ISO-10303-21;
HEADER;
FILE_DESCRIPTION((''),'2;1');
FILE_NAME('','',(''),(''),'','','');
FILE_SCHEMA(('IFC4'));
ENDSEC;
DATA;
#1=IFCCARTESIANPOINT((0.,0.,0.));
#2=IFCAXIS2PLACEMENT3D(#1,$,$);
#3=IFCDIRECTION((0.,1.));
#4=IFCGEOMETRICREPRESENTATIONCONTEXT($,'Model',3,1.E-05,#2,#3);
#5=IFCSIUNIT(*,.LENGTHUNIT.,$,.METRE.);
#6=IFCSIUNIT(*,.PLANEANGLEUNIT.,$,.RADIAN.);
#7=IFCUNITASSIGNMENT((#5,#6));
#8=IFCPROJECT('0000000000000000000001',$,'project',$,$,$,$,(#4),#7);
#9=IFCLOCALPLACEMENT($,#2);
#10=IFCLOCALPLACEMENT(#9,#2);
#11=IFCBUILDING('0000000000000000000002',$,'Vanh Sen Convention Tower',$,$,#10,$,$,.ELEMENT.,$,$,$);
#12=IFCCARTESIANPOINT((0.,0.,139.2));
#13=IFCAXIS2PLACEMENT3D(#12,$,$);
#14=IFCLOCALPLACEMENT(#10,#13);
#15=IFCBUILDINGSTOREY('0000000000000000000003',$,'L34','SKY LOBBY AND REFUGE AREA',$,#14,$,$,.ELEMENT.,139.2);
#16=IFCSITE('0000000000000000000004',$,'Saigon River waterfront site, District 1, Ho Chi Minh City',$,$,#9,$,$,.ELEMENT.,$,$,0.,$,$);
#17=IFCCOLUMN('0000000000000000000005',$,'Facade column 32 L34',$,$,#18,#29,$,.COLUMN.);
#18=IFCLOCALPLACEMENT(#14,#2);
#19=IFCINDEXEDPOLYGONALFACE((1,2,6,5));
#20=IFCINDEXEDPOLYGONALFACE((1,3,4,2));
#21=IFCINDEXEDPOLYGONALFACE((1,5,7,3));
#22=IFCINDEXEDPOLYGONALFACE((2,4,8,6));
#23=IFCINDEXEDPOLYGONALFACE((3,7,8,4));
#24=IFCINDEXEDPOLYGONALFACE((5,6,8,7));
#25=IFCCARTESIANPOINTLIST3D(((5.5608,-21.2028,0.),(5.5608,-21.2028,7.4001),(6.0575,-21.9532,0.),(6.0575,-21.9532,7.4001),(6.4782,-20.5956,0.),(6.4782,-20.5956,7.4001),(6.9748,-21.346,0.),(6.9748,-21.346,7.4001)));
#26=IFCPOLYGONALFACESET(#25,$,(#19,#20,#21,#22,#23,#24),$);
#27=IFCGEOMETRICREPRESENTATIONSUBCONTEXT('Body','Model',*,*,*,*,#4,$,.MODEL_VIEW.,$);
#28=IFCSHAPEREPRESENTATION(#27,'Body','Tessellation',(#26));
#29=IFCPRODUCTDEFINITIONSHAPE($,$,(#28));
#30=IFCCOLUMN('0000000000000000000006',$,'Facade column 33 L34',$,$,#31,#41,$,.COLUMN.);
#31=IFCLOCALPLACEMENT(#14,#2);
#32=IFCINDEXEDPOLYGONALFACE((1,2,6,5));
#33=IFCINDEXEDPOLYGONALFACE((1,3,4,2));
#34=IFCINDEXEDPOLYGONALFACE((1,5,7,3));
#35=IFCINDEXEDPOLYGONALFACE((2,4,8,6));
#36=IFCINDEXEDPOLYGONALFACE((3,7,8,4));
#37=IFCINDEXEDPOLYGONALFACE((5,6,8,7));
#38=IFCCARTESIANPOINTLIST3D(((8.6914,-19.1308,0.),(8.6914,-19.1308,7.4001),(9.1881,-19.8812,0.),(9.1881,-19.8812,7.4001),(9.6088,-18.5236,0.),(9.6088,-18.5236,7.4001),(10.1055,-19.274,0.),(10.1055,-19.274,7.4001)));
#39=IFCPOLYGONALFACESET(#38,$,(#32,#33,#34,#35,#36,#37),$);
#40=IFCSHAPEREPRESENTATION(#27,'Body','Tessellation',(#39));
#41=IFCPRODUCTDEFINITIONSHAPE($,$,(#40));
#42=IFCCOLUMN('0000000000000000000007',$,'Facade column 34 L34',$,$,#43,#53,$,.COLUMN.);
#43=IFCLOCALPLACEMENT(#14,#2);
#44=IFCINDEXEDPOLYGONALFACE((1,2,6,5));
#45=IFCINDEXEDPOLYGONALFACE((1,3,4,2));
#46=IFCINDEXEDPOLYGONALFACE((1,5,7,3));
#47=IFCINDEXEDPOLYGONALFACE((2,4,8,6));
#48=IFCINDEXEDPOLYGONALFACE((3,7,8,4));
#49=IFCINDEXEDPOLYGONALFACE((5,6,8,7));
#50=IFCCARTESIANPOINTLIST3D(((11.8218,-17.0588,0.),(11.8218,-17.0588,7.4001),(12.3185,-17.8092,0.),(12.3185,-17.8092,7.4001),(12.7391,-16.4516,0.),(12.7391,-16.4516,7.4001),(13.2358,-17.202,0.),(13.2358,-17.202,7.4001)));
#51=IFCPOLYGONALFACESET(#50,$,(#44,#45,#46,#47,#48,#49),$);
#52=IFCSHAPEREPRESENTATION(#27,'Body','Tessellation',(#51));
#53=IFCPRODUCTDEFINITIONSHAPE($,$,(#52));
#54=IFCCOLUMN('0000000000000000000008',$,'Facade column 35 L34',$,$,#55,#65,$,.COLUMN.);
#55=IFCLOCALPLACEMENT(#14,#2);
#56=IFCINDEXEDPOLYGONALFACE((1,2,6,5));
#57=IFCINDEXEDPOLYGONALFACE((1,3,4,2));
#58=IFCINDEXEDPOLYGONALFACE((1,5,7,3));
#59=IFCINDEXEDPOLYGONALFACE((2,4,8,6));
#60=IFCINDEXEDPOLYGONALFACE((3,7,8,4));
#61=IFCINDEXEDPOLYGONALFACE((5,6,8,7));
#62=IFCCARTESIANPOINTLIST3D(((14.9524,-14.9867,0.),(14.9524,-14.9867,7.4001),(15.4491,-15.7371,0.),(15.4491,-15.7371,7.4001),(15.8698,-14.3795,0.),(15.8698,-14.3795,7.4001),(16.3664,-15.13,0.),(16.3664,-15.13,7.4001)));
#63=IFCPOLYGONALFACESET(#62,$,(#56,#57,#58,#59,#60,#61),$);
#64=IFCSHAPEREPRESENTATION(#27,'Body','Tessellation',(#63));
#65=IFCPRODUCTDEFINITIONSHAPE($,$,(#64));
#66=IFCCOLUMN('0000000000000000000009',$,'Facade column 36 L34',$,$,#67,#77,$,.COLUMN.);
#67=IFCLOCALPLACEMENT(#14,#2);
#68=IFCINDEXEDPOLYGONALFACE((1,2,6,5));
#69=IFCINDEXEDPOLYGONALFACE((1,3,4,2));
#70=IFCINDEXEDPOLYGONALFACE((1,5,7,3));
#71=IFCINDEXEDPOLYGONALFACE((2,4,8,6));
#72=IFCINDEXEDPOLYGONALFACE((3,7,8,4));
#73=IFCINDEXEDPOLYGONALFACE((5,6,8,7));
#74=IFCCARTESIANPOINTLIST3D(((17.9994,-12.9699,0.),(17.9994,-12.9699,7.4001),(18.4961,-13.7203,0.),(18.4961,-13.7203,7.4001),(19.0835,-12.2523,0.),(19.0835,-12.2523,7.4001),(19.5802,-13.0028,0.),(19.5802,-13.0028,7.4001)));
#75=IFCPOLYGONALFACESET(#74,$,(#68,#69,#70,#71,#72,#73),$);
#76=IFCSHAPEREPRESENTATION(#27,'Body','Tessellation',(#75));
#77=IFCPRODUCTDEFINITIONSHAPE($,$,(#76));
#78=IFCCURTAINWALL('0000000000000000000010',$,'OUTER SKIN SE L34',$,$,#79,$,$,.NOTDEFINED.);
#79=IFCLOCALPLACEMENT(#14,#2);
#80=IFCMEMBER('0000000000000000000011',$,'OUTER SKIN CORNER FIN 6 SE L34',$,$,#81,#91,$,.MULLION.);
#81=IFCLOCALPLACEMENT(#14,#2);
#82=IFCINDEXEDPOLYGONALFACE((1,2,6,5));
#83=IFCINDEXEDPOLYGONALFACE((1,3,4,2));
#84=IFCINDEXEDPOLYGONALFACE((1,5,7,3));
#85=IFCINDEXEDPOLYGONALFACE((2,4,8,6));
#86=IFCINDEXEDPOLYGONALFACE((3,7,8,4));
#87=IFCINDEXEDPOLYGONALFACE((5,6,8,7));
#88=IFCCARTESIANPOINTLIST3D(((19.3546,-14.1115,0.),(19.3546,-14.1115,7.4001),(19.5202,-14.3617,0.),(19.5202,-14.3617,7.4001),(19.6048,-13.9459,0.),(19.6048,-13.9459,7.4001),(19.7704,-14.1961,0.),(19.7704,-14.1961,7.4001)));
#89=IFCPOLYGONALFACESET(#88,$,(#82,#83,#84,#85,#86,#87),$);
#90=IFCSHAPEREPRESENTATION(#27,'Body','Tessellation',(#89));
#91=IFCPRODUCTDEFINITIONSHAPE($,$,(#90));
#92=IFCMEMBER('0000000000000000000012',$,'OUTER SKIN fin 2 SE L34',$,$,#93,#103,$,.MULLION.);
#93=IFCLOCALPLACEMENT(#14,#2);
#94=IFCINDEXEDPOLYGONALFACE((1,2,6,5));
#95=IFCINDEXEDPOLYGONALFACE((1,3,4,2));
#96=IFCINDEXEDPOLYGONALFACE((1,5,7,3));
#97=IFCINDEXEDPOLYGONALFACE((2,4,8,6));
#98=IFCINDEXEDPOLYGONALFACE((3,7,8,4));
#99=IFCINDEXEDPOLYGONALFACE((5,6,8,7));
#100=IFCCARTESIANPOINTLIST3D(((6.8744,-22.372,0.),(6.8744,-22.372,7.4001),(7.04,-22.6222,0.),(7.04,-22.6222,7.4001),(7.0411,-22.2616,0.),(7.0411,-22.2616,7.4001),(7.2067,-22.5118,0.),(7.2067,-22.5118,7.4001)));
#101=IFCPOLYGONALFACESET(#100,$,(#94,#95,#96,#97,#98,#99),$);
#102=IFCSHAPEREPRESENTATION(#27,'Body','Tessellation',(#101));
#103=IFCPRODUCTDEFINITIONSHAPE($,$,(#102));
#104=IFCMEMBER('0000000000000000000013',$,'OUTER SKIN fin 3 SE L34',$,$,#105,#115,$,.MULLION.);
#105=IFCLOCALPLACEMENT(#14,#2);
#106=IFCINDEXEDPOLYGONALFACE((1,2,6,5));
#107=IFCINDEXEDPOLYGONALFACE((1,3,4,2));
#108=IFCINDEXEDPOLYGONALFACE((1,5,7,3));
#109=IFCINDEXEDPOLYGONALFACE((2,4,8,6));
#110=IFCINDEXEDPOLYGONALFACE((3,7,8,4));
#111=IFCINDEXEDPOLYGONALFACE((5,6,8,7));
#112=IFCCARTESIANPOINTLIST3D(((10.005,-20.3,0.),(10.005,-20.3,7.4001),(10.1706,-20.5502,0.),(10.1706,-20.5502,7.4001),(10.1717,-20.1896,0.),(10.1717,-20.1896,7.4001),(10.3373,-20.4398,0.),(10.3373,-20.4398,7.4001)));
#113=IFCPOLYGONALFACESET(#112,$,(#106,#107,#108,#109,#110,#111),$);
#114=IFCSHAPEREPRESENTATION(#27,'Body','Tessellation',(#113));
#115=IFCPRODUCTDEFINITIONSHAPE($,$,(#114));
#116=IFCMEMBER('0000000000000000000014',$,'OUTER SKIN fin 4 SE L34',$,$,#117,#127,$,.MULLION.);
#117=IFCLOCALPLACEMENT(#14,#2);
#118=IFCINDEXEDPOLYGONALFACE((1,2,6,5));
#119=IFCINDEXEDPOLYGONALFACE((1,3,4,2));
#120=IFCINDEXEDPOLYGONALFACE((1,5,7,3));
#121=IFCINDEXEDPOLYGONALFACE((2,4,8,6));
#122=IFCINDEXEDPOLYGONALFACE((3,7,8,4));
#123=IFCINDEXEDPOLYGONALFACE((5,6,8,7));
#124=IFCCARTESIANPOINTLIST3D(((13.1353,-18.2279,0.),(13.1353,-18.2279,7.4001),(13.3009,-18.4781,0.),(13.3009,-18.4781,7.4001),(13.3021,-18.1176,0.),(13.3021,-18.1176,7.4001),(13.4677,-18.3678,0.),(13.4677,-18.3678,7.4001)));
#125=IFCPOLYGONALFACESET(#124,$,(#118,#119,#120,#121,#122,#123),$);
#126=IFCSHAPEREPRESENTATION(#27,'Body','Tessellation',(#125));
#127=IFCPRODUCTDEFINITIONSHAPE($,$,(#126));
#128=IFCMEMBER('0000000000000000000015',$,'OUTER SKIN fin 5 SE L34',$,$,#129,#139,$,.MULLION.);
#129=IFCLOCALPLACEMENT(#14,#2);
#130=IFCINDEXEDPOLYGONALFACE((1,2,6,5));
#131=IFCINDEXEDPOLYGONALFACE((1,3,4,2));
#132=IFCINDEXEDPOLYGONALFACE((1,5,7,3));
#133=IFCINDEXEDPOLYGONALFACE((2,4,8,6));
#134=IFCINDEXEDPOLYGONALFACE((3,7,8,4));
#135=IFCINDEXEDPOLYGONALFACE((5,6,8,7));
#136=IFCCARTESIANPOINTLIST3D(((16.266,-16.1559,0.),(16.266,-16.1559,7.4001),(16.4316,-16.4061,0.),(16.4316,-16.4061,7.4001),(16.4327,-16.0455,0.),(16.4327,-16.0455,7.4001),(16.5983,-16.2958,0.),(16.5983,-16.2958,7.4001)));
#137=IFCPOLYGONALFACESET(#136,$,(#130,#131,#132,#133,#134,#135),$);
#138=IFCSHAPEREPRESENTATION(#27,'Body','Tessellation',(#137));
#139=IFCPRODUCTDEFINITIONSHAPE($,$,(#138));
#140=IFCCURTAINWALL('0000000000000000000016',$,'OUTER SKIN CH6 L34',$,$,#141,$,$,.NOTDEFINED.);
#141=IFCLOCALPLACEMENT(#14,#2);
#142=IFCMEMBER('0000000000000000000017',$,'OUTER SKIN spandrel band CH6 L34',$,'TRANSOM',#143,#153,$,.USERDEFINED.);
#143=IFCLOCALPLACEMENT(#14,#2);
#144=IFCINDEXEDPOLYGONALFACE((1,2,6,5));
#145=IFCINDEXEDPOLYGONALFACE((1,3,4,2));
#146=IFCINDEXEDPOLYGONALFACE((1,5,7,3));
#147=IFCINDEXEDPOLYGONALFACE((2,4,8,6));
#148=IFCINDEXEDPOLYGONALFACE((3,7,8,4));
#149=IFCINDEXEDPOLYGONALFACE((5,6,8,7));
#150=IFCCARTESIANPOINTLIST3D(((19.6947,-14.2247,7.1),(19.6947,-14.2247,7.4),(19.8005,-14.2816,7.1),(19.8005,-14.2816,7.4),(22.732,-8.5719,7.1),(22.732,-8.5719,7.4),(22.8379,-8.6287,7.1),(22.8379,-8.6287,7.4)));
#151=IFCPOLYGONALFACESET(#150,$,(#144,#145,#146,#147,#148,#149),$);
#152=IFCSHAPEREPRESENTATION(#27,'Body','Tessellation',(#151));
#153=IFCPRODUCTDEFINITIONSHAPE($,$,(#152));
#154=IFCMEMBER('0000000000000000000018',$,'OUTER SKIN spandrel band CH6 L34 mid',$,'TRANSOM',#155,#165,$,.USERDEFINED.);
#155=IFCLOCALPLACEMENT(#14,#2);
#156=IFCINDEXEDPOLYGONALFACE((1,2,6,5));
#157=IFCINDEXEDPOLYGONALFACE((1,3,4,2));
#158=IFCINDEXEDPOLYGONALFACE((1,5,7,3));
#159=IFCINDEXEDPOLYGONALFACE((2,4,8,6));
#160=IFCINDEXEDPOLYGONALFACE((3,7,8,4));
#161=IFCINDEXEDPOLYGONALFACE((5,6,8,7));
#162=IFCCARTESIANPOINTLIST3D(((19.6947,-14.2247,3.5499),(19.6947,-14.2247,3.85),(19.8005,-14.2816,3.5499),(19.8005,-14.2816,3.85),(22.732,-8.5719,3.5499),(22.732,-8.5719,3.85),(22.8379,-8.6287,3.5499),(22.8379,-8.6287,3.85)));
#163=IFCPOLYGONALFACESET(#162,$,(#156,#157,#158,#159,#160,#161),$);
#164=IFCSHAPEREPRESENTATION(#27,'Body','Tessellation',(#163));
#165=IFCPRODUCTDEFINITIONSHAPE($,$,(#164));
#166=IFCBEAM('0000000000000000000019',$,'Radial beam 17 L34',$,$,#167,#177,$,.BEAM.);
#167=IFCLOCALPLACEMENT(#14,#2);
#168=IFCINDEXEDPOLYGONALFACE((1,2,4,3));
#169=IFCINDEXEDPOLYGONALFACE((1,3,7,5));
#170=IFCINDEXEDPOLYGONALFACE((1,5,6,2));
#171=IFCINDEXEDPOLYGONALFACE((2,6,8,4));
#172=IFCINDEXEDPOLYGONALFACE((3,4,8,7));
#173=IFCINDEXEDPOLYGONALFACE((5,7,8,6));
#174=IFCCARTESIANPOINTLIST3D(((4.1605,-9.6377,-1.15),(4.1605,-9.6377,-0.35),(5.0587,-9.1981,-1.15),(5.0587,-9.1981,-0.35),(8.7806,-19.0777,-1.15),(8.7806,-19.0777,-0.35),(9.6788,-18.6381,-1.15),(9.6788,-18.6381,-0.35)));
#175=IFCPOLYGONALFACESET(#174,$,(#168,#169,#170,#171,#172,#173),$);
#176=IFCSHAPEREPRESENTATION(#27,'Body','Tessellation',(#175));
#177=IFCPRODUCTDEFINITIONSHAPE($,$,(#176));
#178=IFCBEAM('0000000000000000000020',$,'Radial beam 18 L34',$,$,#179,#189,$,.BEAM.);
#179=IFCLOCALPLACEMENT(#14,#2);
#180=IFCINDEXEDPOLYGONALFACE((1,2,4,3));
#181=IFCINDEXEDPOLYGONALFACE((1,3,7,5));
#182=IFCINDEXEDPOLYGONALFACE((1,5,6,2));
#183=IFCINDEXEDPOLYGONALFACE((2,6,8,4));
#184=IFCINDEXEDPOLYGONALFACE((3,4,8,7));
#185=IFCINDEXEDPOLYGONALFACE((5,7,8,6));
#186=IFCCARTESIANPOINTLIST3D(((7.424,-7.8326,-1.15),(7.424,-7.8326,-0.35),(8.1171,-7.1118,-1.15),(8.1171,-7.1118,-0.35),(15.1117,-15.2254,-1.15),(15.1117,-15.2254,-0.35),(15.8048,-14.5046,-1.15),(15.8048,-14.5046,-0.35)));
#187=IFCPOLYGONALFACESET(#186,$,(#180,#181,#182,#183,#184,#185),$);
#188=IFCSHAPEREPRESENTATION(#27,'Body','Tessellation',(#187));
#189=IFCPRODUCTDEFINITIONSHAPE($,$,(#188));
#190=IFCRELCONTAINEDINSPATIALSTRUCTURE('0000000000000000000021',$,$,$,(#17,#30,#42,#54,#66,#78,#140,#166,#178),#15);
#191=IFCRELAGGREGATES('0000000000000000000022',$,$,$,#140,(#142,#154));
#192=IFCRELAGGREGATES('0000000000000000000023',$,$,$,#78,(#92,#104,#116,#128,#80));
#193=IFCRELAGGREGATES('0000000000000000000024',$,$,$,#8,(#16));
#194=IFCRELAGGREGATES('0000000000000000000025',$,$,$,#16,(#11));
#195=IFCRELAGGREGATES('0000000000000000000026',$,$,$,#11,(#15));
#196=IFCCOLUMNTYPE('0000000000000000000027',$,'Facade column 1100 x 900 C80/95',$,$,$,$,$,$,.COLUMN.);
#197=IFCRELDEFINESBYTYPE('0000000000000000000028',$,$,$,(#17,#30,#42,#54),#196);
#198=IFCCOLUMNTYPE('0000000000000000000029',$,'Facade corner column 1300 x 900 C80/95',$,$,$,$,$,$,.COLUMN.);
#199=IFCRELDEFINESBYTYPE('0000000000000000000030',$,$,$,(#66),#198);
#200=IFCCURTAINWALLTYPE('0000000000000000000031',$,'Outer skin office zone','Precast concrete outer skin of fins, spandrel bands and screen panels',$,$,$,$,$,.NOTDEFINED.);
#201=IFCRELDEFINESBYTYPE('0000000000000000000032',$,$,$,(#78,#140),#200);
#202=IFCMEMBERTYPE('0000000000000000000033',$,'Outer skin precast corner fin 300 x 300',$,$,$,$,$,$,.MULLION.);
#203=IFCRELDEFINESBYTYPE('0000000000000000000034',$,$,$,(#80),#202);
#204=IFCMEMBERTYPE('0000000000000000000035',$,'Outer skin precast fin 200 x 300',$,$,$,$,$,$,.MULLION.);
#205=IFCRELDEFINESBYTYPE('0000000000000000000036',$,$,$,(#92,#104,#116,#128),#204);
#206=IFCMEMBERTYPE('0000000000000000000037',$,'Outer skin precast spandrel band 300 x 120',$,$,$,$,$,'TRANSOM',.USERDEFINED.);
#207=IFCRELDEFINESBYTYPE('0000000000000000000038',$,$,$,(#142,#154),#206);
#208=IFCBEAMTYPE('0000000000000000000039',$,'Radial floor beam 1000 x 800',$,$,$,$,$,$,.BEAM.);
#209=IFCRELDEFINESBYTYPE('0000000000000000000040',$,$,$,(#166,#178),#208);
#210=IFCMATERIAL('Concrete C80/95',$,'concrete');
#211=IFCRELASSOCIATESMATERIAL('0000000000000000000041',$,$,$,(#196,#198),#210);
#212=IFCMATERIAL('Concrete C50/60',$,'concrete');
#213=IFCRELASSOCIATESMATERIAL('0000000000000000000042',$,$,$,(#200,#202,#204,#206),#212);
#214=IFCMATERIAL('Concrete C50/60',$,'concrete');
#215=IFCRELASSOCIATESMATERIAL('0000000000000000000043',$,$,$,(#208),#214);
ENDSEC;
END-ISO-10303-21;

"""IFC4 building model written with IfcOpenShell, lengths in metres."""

from ifc_helpers import new_model, si_unit, direction, frame, origin, origin_2d, place, context, subcontext, project, spatial, rectangle, extrude, material, material_profile, profile_set, type_object, element, aggregate, save


model = new_model("IFC4")

# Units and contexts
model_context = context("Model", 3, precision=1e-05, world=origin(), true_north=direction((0.0, 1.0)))
body_context = subcontext(model_context, "Body", "Model", "MODEL_VIEW")
ifc_project = project(units=[si_unit("LENGTHUNIT", "METRE"), si_unit("PLANEANGLEUNIT", "RADIAN")], contexts=[model_context])

# Site, building, storey
site_placement = place(None, origin())
site = spatial("IfcSite", under=ifc_project, at=site_placement, Name="Saigon River waterfront site, District 1, Ho Chi Minh City", CompositionType="ELEMENT", RefElevation=0.0)
building_placement = place(site_placement, origin())
building = spatial("IfcBuilding", under=site, at=building_placement, Name="Vanh Sen Convention Tower", CompositionType="ELEMENT")
storey_placement = place(building_placement, frame((0.0, 0.0, 139.2)))
storey = spatial("IfcBuildingStorey", under=building, at=storey_placement, Name="L34", Description="SKY LOBBY AND REFUGE AREA", CompositionType="ELEMENT", Elevation=139.2)

# Columns
ifc_material_1 = material(Name="Concrete C80/95", Category="concrete")
ifc_material_profile_1 = material_profile(ifc_material_1, rectangle(XDim=1.1001, YDim=0.8999, at=origin_2d()), Name="RC 1100X900")
ifc_profile_set_1 = profile_set([ifc_material_profile_1], Name="Concrete C80/95")
column_type_1 = type_object("IfcColumnType", Name="Facade column 1100 x 900 C80/95", PredefinedType="COLUMN", material=ifc_profile_set_1)
for number, where, z_axis, x_axis, name in (
    (1, (6.2678, -21.2744, 0.0), (0.0, 0.0, 1.0), (0.833886, 0.551937, 0.0), "Facade column 32 L34"),
    (2, (9.3984, -19.2024, 0.0), (0.0, 0.0, 1.0), (0.833886, 0.551937, 0.0), "Facade column 33 L34"),
    (3, (12.5288, -17.1304, 0.0), (0.0, 0.0, 1.0), (0.833886, 0.551937, 0.0), "Facade column 34 L34"),
    (4, (15.6594, -15.0583, 0.0), (0.0, 0.0, 1.0), (0.833886, 0.551937, 0.0), "Facade column 35 L34"),
):
    element("IfcColumn", number, at=place(storey_placement, frame(where, z_axis=z_axis, x_axis=x_axis)), inside=storey, type_object=column_type_1, Name=name, PredefinedType="COLUMN", context=body_context, shape_type="SweptSolid", body=[
        extrude(rectangle(XDim=1.1001, YDim=0.8999, at=origin_2d()), origin(), (0.0, 0.0, 1.0), 7.4001),
    ])
ifc_material_profile_2 = material_profile(ifc_material_1, rectangle(XDim=1.3, YDim=0.8999, at=origin_2d()), Name="RC 1300X900")
ifc_profile_set_2 = profile_set([ifc_material_profile_2], Name="Concrete C80/95")
column_type_2 = type_object("IfcColumnType", Name="Facade corner column 1300 x 900 C80/95", PredefinedType="COLUMN", material=ifc_profile_set_2)
column_placement = place(storey_placement, frame((18.7898, -12.9863, 0.0), z_axis=(0.0, 0.0, 1.0), x_axis=(0.833886, 0.551937, 0.0)))
element("IfcColumn", 5, at=column_placement, inside=storey, type_object=column_type_2, Name="Facade column 36 L34", PredefinedType="COLUMN", context=body_context, shape_type="SweptSolid", body=[
    extrude(rectangle(XDim=1.3, YDim=0.8999, at=origin_2d()), origin(), (0.0, 0.0, 1.0), 7.4001),
])

# Curtain walls, members
ifc_material_2 = material(Name="Concrete C50/60", Category="concrete")
curtain_wall_type = type_object("IfcCurtainWallType", Name="Outer skin office zone", Description="Precast concrete outer skin of fins, spandrel bands and screen panels", PredefinedType="NOTDEFINED", material=ifc_material_2)
curtain_wall_1_placement = place(storey_placement, origin())
curtain_wall_1 = element("IfcCurtainWall", 6, at=curtain_wall_1_placement, inside=storey, type_object=curtain_wall_type, Name="OUTER SKIN SE L34", PredefinedType="NOTDEFINED")
ifc_material_profile_3 = material_profile(ifc_material_2, rectangle(XDim=0.3, YDim=0.3, at=origin_2d()), Name="Outer skin precast corner fin 300 x 300")
ifc_profile_set_3 = profile_set([ifc_material_profile_3], Name="Concrete C50/60")
member_type_1 = type_object("IfcMemberType", Name="Outer skin precast corner fin 300 x 300", PredefinedType="MULLION", material=ifc_profile_set_3)
member_1_placement = place(storey_placement, frame((19.5625, -14.1538, 0.0), z_axis=(0.0, 0.0, 1.0), x_axis=(0.833886, 0.551937, 0.0)))
member_1 = element("IfcMember", 7, at=member_1_placement, type_object=member_type_1, Name="OUTER SKIN CORNER FIN 6 SE L34", PredefinedType="MULLION", context=body_context, shape_type="SweptSolid", body=[
    extrude(rectangle(XDim=0.3, YDim=0.3, at=origin_2d()), origin(), (0.0, 0.0, 1.0), 7.4001),
])
ifc_material_profile_4 = material_profile(ifc_material_2, rectangle(XDim=0.2, YDim=0.3, at=origin_2d()), Name="Outer skin precast fin 200 x 300")
ifc_profile_set_4 = profile_set([ifc_material_profile_4], Name="Concrete C50/60")
member_type_2 = type_object("IfcMemberType", Name="Outer skin precast fin 200 x 300", PredefinedType="MULLION", material=ifc_profile_set_4)
member_2_placement = place(storey_placement, frame((7.0405, -22.4419, 0.0), z_axis=(0.0, 0.0, 1.0), x_axis=(0.833886, 0.551937, 0.0)))
member_2 = element("IfcMember", 8, at=member_2_placement, type_object=member_type_2, Name="OUTER SKIN fin 2 SE L34", PredefinedType="MULLION", context=body_context, shape_type="SweptSolid", body=[
    extrude(rectangle(XDim=0.2, YDim=0.3, at=origin_2d()), origin(), (0.0, 0.0, 1.0), 7.4001),
])
member_3_placement = place(storey_placement, frame((10.1711, -20.3699, 0.0), z_axis=(0.0, 0.0, 1.0), x_axis=(0.833886, 0.551937, 0.0)))
member_3 = element("IfcMember", 9, at=member_3_placement, type_object=member_type_2, Name="OUTER SKIN fin 3 SE L34", PredefinedType="MULLION", context=body_context, shape_type="SweptSolid", body=[
    extrude(rectangle(XDim=0.2, YDim=0.3, at=origin_2d()), origin(), (0.0, 0.0, 1.0), 7.4001),
])
member_4_placement = place(storey_placement, frame((13.3015, -18.2979, 0.0), z_axis=(0.0, 0.0, 1.0), x_axis=(0.833886, 0.551937, 0.0)))
member_4 = element("IfcMember", 10, at=member_4_placement, type_object=member_type_2, Name="OUTER SKIN fin 4 SE L34", PredefinedType="MULLION", context=body_context, shape_type="SweptSolid", body=[
    extrude(rectangle(XDim=0.2, YDim=0.3, at=origin_2d()), origin(), (0.0, 0.0, 1.0), 7.4001),
])
member_5_placement = place(storey_placement, frame((16.4321, -16.2258, 0.0), z_axis=(0.0, 0.0, 1.0), x_axis=(0.833886, 0.551937, 0.0)))
member_5 = element("IfcMember", 11, at=member_5_placement, type_object=member_type_2, Name="OUTER SKIN fin 5 SE L34", PredefinedType="MULLION", context=body_context, shape_type="SweptSolid", body=[
    extrude(rectangle(XDim=0.2, YDim=0.3, at=origin_2d()), origin(), (0.0, 0.0, 1.0), 7.4001),
])
curtain_wall_2_placement = place(storey_placement, origin())
curtain_wall_2 = element("IfcCurtainWall", 12, at=curtain_wall_2_placement, inside=storey, type_object=curtain_wall_type, Name="OUTER SKIN CH6 L34", PredefinedType="NOTDEFINED")
ifc_material_profile_5 = material_profile(ifc_material_2, rectangle(XDim=0.1201, YDim=0.3, at=origin_2d()), Name="Outer skin precast spandrel band 300 x 120")
ifc_profile_set_5 = profile_set([ifc_material_profile_5], Name="Concrete C50/60")
member_type_3 = type_object("IfcMemberType", Name="Outer skin precast spandrel band 300 x 120", ElementType="TRANSOM", PredefinedType="USERDEFINED", material=ifc_profile_set_5)
member_6_placement = place(storey_placement, frame((19.7476, -14.2532, 7.25), z_axis=(0.473317, 0.880892, 0.0), x_axis=(-0.880892, 0.473317, 0.0)))
member_6 = element("IfcMember", 13, at=member_6_placement, type_object=member_type_3, Name="OUTER SKIN spandrel band CH6 L34", ObjectType="TRANSOM", PredefinedType="USERDEFINED", context=body_context, shape_type="SweptSolid", body=[
    extrude(rectangle(XDim=0.1201, YDim=0.3, at=origin_2d()), origin(), (0.0, 0.0, 1.0), 6.4172),
])
member_7_placement = place(storey_placement, frame((19.7476, -14.2532, 3.7), z_axis=(0.473317, 0.880892, 0.0), x_axis=(-0.880892, 0.473317, 0.0)))
member_7 = element("IfcMember", 14, at=member_7_placement, type_object=member_type_3, Name="OUTER SKIN spandrel band CH6 L34 mid", ObjectType="TRANSOM", PredefinedType="USERDEFINED", context=body_context, shape_type="SweptSolid", body=[
    extrude(rectangle(XDim=0.1201, YDim=0.3, at=origin_2d()), origin(), (0.0, 0.0, 1.0), 6.4172),
])
aggregate(curtain_wall_2, [member_6, member_7])

# Beams
ifc_material_3 = material(Name="Concrete C50/60", Category="concrete")
ifc_material_profile_6 = material_profile(ifc_material_3, rectangle(XDim=1.0, YDim=0.8, at=origin_2d()), Name="RC 1000X800")
ifc_profile_set_6 = profile_set([ifc_material_profile_6], Name="Concrete C50/60")
beam_type_1 = type_object("IfcBeamType", Name="Radial floor beam 1000 x 800", PredefinedType="BEAM", material=ifc_profile_set_6)
beam_1_placement = place(storey_placement, frame((9.2297, -18.8579, -0.75), z_axis=(-0.439597, 0.898195, 0.0), x_axis=(-0.898195, -0.439597, 0.0)))
element("IfcBeam", 15, at=beam_1_placement, inside=storey, type_object=beam_type_1, Name="Radial beam 17 L34", PredefinedType="BEAM", context=body_context, shape_type="SweptSolid", body=[
    extrude(rectangle(XDim=1.0, YDim=0.8, at=origin_2d()), origin(), (0.0, 0.0, 1.0), 10.51),
])
beam_2_placement = place(storey_placement, frame((15.4583, -14.865, -0.75), z_axis=(-0.720797, 0.693146, 0.0), x_axis=(-0.693146, -0.720797, 0.0)))
element("IfcBeam", 16, at=beam_2_placement, inside=storey, type_object=beam_type_1, Name="Radial beam 18 L34", PredefinedType="BEAM", context=body_context, shape_type="SweptSolid", body=[
    extrude(rectangle(XDim=1.0, YDim=0.8, at=origin_2d()), origin(), (0.0, 0.0, 1.0), 10.6655),
])

aggregate(curtain_wall_1, [member_2, member_3, member_4, member_5, member_1])

save(model, "model.ifc")
